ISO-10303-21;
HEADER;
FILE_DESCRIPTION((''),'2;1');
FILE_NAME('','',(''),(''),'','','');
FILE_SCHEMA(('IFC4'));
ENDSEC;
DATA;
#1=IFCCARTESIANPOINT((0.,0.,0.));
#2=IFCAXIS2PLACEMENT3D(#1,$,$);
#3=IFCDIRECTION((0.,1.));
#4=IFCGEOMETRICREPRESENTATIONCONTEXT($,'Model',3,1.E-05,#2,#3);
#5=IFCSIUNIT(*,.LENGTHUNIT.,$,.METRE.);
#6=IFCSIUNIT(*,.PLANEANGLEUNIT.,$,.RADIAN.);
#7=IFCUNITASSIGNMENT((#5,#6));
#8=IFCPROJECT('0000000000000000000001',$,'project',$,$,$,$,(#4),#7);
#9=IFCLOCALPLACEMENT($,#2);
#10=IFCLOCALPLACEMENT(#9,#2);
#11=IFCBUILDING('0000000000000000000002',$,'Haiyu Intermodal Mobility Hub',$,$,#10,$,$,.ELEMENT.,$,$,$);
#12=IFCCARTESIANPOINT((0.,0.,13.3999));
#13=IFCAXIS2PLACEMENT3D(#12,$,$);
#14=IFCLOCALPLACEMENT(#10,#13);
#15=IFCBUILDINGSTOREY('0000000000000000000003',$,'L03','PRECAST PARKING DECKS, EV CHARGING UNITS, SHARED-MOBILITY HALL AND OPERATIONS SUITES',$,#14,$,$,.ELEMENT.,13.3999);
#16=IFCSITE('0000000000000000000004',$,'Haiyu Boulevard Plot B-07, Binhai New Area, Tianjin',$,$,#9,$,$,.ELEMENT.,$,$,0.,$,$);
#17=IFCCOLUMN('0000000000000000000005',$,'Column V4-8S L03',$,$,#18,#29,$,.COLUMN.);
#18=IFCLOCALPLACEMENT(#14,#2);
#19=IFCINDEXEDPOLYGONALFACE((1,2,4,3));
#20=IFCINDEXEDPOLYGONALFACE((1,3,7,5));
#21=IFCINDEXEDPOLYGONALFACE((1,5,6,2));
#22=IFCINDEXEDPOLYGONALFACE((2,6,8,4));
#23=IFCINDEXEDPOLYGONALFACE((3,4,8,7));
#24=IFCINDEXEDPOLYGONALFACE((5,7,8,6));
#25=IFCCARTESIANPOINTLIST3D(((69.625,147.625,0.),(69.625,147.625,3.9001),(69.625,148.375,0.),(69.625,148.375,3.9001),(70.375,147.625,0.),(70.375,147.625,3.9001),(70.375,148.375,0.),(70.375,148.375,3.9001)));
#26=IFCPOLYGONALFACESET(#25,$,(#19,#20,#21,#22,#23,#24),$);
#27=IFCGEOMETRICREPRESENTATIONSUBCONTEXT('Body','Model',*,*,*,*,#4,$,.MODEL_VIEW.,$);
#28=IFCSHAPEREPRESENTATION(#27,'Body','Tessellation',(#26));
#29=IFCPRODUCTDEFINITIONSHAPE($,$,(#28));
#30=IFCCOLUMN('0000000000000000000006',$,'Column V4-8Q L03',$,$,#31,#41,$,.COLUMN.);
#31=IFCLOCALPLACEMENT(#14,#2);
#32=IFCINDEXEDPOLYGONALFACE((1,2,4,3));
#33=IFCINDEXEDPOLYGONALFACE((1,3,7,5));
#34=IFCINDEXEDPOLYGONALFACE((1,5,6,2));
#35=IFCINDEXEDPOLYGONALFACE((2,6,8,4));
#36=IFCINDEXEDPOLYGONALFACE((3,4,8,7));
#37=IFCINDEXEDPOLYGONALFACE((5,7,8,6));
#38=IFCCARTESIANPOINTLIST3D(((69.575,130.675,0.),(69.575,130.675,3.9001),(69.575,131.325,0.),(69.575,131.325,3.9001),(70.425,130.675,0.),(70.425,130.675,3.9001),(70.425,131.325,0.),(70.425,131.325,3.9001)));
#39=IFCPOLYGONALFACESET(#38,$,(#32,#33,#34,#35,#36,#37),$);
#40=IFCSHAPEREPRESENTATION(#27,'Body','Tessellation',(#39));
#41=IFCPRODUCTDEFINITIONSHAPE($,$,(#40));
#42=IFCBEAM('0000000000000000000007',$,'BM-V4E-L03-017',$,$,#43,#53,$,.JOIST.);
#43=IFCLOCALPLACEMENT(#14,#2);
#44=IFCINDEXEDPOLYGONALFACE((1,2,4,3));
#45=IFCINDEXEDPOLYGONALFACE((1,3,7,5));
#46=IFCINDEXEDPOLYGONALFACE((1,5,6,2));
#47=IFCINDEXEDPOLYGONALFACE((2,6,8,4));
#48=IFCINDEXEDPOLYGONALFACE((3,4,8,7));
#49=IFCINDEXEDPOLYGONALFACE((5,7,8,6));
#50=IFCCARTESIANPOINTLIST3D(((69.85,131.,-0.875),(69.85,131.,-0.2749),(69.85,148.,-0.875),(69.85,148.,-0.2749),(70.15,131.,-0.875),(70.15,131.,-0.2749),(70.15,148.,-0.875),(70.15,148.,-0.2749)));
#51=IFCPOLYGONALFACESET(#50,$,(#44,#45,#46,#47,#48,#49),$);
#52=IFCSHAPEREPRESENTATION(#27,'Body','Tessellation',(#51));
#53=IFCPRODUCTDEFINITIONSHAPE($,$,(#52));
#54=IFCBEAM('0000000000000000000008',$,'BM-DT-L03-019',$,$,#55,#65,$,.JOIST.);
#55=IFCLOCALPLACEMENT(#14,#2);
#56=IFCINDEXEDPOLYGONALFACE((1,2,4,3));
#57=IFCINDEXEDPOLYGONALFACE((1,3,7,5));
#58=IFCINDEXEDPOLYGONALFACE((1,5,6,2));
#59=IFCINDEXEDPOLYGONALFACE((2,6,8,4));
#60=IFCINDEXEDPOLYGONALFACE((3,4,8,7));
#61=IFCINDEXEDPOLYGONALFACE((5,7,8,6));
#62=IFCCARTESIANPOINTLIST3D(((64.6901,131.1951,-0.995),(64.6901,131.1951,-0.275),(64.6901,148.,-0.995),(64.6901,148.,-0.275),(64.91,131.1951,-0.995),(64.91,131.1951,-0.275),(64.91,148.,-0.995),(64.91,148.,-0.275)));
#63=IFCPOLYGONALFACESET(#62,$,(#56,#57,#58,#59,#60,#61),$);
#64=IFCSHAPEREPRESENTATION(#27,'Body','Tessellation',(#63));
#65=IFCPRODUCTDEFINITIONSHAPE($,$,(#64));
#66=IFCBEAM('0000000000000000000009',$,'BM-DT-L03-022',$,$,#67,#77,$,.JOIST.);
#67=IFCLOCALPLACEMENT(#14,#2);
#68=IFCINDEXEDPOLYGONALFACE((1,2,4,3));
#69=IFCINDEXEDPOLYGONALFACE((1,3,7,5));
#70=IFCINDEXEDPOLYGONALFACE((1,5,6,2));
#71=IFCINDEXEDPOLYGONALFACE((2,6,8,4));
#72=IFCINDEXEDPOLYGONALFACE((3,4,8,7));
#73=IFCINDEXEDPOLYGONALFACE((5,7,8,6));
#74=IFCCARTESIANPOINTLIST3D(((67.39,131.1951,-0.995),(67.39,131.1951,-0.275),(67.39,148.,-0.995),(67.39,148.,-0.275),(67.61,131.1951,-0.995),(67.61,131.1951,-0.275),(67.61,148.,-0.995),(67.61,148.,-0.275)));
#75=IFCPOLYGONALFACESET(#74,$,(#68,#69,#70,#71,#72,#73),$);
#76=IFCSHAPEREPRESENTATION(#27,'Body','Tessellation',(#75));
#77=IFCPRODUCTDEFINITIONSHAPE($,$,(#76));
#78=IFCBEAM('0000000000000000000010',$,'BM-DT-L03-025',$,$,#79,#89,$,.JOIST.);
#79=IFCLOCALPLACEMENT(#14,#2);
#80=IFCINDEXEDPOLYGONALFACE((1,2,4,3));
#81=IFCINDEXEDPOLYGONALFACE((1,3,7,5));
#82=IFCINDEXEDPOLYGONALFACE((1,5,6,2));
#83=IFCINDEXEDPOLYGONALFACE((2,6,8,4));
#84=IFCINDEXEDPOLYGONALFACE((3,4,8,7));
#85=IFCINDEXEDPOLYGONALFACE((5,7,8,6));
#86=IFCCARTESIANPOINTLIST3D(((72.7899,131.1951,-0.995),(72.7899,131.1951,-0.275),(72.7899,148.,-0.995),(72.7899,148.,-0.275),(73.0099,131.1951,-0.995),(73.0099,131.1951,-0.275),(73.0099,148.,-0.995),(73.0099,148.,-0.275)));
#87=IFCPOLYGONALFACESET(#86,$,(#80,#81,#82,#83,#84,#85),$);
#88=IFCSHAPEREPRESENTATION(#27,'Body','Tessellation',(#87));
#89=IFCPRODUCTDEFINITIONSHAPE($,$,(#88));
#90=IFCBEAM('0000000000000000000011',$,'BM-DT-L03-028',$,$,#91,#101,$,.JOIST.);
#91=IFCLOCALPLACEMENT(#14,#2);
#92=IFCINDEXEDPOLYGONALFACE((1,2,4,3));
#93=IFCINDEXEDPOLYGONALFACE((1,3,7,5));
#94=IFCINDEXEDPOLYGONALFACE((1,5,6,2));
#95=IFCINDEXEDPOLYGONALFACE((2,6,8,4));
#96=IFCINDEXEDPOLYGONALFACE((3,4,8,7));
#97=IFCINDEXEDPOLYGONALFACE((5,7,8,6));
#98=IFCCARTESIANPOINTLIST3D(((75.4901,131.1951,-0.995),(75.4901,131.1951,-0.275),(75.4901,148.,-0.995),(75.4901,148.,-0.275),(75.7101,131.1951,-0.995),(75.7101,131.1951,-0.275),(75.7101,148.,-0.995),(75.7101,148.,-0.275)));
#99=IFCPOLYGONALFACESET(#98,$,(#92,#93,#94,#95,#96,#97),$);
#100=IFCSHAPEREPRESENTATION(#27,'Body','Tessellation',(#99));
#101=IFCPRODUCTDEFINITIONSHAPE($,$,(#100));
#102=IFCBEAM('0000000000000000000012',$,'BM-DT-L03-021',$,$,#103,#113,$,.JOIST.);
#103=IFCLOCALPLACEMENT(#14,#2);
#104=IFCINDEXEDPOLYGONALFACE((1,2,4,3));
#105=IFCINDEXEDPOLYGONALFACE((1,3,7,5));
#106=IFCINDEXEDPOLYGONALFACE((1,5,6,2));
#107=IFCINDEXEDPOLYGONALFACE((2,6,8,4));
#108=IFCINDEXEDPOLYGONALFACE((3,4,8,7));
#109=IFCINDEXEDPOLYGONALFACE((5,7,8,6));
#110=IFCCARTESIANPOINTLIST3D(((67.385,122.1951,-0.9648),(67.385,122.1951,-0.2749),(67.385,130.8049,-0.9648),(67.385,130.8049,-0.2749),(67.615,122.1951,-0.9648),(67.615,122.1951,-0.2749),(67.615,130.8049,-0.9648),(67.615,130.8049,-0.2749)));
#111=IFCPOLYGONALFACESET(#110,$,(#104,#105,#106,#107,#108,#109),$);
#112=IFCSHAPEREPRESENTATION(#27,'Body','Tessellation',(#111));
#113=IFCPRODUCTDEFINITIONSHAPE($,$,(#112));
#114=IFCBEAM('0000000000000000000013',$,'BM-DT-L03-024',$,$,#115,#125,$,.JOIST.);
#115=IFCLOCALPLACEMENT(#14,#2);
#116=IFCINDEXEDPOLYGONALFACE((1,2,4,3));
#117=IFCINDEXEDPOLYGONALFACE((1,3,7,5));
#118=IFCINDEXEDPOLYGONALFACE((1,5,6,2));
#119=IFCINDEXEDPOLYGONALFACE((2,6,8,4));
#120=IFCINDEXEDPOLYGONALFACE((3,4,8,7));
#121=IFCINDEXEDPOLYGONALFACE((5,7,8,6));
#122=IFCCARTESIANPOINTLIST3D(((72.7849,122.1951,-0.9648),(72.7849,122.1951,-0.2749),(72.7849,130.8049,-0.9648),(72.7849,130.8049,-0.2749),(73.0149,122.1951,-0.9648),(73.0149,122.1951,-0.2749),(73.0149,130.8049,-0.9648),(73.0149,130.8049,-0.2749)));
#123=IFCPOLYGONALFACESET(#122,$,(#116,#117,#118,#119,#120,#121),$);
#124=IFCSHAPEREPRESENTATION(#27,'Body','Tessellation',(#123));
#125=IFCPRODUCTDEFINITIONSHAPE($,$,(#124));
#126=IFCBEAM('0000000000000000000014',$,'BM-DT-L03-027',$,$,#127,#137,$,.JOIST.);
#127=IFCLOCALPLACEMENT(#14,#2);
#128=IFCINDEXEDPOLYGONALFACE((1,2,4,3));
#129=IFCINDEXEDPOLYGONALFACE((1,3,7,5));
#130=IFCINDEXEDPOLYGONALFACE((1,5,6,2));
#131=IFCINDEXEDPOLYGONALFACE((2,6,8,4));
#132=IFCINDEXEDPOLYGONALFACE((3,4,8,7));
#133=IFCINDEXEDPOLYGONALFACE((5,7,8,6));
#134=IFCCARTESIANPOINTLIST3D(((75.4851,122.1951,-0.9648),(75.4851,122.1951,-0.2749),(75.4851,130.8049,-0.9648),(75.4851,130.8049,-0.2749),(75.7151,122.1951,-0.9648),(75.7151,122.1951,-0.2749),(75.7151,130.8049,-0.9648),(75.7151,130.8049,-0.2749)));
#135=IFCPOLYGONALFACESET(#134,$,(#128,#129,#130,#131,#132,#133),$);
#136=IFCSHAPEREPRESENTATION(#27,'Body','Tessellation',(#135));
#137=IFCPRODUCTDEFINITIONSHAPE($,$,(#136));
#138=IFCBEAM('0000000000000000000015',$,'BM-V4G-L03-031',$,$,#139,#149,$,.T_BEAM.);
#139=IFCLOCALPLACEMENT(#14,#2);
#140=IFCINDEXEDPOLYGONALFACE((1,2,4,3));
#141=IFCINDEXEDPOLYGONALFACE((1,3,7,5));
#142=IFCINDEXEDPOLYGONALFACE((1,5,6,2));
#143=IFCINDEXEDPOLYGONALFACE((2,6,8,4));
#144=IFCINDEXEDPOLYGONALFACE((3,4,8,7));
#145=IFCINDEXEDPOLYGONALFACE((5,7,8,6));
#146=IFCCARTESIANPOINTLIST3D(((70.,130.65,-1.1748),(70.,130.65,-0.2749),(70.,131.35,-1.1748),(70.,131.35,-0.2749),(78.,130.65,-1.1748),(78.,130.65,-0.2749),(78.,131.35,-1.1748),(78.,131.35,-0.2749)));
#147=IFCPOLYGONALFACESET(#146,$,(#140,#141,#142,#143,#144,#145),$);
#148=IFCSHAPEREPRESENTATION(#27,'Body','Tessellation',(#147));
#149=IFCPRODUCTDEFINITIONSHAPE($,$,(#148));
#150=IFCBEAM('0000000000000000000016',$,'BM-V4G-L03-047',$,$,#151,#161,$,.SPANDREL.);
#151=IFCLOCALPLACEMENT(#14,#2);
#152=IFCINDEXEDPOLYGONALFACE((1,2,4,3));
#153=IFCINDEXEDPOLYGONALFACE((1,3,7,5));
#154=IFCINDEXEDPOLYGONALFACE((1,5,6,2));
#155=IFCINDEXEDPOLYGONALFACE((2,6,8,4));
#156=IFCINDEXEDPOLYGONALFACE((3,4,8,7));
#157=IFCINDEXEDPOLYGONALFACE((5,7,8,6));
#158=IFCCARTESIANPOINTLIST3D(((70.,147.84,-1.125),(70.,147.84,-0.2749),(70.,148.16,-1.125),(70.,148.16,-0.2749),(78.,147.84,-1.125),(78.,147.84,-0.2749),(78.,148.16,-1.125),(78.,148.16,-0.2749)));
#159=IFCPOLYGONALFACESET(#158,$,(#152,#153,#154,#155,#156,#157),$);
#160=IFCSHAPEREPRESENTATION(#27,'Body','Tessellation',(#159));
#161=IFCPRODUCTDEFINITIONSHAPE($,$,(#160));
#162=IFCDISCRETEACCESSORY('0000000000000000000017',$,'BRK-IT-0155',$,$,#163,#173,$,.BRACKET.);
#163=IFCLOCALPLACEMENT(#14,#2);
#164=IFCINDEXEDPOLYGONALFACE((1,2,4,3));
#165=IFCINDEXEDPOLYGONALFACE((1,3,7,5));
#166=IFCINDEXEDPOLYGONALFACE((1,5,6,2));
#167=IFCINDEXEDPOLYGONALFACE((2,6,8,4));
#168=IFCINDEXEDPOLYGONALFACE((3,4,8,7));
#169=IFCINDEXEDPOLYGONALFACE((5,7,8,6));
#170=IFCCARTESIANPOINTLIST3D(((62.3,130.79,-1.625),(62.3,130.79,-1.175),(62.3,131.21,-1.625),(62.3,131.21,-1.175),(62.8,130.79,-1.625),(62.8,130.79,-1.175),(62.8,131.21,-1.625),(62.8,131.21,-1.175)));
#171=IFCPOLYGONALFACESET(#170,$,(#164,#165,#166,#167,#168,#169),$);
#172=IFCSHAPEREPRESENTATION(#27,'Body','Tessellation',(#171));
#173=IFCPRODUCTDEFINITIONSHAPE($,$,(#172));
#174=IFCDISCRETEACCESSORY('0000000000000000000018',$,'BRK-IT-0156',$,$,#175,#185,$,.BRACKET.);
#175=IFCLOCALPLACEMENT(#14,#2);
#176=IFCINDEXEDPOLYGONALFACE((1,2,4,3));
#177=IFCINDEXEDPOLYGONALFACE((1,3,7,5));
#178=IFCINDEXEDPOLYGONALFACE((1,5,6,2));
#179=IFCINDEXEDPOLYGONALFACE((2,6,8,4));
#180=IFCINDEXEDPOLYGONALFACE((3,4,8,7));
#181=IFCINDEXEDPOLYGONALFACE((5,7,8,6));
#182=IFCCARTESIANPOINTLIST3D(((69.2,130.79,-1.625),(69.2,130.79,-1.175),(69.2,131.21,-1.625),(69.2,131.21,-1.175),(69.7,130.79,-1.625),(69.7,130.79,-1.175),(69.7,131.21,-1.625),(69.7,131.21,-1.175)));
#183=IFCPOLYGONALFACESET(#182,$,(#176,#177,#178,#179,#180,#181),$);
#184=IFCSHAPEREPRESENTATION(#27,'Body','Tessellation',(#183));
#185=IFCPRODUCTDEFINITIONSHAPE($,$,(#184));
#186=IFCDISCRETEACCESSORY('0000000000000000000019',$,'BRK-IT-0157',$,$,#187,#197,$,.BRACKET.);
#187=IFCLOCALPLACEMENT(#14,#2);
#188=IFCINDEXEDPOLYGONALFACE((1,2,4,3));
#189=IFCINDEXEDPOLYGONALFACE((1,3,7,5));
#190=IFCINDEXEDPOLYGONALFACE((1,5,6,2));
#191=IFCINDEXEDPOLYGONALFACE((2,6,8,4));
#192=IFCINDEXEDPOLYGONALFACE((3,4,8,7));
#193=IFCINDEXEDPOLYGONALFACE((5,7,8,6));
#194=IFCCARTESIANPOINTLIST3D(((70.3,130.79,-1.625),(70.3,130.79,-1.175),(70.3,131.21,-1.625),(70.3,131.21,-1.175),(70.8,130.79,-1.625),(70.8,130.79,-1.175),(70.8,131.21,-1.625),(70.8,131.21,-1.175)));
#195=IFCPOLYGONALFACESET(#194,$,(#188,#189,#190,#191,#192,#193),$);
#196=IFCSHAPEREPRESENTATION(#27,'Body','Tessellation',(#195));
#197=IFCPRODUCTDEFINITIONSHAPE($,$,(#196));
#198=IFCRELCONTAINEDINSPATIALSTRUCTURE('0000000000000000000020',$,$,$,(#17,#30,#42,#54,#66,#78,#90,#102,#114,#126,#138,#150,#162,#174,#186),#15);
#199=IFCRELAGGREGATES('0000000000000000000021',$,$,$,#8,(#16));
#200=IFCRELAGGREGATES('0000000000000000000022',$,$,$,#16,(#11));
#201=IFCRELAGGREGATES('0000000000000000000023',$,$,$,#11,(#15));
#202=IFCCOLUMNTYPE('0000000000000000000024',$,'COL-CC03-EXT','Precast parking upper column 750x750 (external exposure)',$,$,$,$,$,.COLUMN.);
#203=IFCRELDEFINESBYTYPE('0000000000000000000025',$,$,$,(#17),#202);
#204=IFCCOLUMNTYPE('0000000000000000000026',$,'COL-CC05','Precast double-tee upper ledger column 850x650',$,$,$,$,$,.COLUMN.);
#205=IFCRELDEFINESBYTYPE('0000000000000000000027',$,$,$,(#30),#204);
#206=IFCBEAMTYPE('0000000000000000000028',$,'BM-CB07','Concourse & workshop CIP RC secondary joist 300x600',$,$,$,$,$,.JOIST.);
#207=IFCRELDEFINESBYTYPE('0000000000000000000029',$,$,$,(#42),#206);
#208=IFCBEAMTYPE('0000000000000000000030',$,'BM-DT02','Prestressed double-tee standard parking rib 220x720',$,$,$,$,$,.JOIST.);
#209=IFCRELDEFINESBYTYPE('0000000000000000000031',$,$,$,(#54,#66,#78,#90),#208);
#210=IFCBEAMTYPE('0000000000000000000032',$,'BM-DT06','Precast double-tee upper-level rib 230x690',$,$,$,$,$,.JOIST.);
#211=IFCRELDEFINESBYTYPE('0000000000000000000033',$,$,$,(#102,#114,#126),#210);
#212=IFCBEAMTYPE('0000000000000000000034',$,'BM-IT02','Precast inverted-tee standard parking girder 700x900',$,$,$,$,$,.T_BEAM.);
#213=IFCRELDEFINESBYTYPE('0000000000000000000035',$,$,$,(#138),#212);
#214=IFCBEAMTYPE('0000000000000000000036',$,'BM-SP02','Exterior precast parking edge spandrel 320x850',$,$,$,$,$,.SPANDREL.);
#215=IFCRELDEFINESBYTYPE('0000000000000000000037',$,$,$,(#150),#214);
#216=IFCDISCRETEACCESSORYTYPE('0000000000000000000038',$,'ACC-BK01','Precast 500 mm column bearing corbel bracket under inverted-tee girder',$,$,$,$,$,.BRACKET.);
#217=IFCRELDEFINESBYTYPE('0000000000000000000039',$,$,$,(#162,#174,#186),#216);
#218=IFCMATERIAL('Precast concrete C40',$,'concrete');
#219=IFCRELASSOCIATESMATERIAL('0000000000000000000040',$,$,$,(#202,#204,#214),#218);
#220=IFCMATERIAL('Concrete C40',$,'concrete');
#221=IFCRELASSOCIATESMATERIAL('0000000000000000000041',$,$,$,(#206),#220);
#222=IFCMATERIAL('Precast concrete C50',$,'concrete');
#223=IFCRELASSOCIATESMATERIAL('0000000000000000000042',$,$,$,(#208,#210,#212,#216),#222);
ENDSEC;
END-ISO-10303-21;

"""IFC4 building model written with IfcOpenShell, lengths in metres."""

from ifc_helpers import new_model, si_unit, direction, frame, origin, origin_2d, place, context, subcontext, project, spatial, rectangle, extrude, material, material_profile, profile_set, type_object, element, save


model = new_model("IFC4")

# Units and contexts
model_context = context("Model", 3, precision=1e-05, world=origin(), true_north=direction((0.0, 1.0)))
body_context = subcontext(model_context, "Body", "Model", "MODEL_VIEW")
ifc_project = project(units=[si_unit("LENGTHUNIT", "METRE"), si_unit("PLANEANGLEUNIT", "RADIAN")], contexts=[model_context])

# Site, building, storey
site_placement = place(None, origin())
site = spatial("IfcSite", under=ifc_project, at=site_placement, Name="Haiyu Boulevard Plot B-07, Binhai New Area, Tianjin", CompositionType="ELEMENT", RefElevation=0.0)
building_placement = place(site_placement, origin())
building = spatial("IfcBuilding", under=site, at=building_placement, Name="Haiyu Intermodal Mobility Hub", CompositionType="ELEMENT")
storey_placement = place(building_placement, frame((0.0, 0.0, 13.3999)))
storey = spatial("IfcBuildingStorey", under=building, at=storey_placement, Name="L03", Description="PRECAST PARKING DECKS, EV CHARGING UNITS, SHARED-MOBILITY HALL AND OPERATIONS SUITES", CompositionType="ELEMENT", Elevation=13.3999)

# Columns
ifc_material_1 = material(Name="Precast concrete C40", Category="concrete")
ifc_material_profile_1 = material_profile(ifc_material_1, rectangle(XDim=0.75, YDim=0.75, at=origin_2d()), Name="RC750x750")
ifc_profile_set_1 = profile_set([ifc_material_profile_1], Name="Precast concrete C40")
column_type_1 = type_object("IfcColumnType", Name="COL-CC03-EXT", Description="Precast parking upper column 750x750 (external exposure)", PredefinedType="COLUMN", material=ifc_profile_set_1)
column_1_placement = place(storey_placement, frame((70.0, 148.0, 0.0), z_axis=(0.0, 0.0, 1.0), x_axis=(1.0, 0.0, 0.0)))
element("IfcColumn", 1, at=column_1_placement, inside=storey, type_object=column_type_1, Name="Column V4-8S L03", PredefinedType="COLUMN", context=body_context, shape_type="SweptSolid", body=[
    extrude(rectangle(XDim=0.75, YDim=0.75, at=origin_2d()), origin(), (0.0, 0.0, 1.0), 3.9001),
])
ifc_material_profile_2 = material_profile(ifc_material_1, rectangle(XDim=0.8501, YDim=0.6499, at=origin_2d()), Name="RC850x650")
ifc_profile_set_2 = profile_set([ifc_material_profile_2], Name="Precast concrete C40")
column_type_2 = type_object("IfcColumnType", Name="COL-CC05", Description="Precast double-tee upper ledger column 850x650", PredefinedType="COLUMN", material=ifc_profile_set_2)
column_2_placement = place(storey_placement, frame((70.0, 131.0, 0.0), z_axis=(0.0, 0.0, 1.0), x_axis=(1.0, 0.0, 0.0)))
element("IfcColumn", 2, at=column_2_placement, inside=storey, type_object=column_type_2, Name="Column V4-8Q L03", PredefinedType="COLUMN", context=body_context, shape_type="SweptSolid", body=[
    extrude(rectangle(XDim=0.8501, YDim=0.6499, at=origin_2d()), origin(), (0.0, 0.0, 1.0), 3.9001),
])

# Beams
ifc_material_2 = material(Name="Concrete C40", Category="concrete")
ifc_material_profile_3 = material_profile(ifc_material_2, rectangle(XDim=0.3, YDim=0.6001, at=origin_2d()), Name="RCB300x600")
ifc_profile_set_3 = profile_set([ifc_material_profile_3], Name="Concrete C40")
beam_type_1 = type_object("IfcBeamType", Name="BM-CB07", Description="Concourse & workshop CIP RC secondary joist 300x600", PredefinedType="JOIST", material=ifc_profile_set_3)
beam_1_placement = place(storey_placement, frame((70.0, 131.0, -0.575), z_axis=(0.0, 1.0, 0.0), x_axis=(-1.0, 0.0, 0.0)))
element("IfcBeam", 3, at=beam_1_placement, inside=storey, type_object=beam_type_1, Name="BM-V4E-L03-017", PredefinedType="JOIST", context=body_context, shape_type="SweptSolid", body=[
    extrude(rectangle(XDim=0.3, YDim=0.6001, at=origin_2d()), origin(), (0.0, 0.0, 1.0), 17.0),
])
ifc_material_3 = material(Name="Precast concrete C50", Category="concrete")
ifc_material_profile_4 = material_profile(ifc_material_3, rectangle(XDim=0.22, YDim=0.72, at=origin_2d()), Name="PC220x720")
ifc_profile_set_4 = profile_set([ifc_material_profile_4], Name="Precast concrete C50")
beam_type_2 = type_object("IfcBeamType", Name="BM-DT02", Description="Prestressed double-tee standard parking rib 220x720", PredefinedType="JOIST", material=ifc_profile_set_4)
for number, where, z_axis, x_axis, name in (
    (4, (64.8, 131.1951, -0.635), (0.0, 1.0, 0.0), (-1.0, 0.0, 0.0), "BM-DT-L03-019"),
    (5, (67.5, 131.1951, -0.635), (0.0, 1.0, 0.0), (-1.0, 0.0, 0.0), "BM-DT-L03-022"),
    (6, (72.8999, 131.1951, -0.635), (0.0, 1.0, 0.0), (-1.0, 0.0, 0.0), "BM-DT-L03-025"),
    (7, (75.6001, 131.1951, -0.635), (0.0, 1.0, 0.0), (-1.0, 0.0, 0.0), "BM-DT-L03-028"),
):
    element("IfcBeam", number, at=place(storey_placement, frame(where, z_axis=z_axis, x_axis=x_axis)), inside=storey, type_object=beam_type_2, Name=name, PredefinedType="JOIST", context=body_context, shape_type="SweptSolid", body=[
        extrude(rectangle(XDim=0.22, YDim=0.72, at=origin_2d()), origin(), (0.0, 0.0, 1.0), 16.8049),
    ])
ifc_material_profile_5 = material_profile(ifc_material_3, rectangle(XDim=0.23, YDim=0.6899, at=origin_2d()), Name="B230x690")
ifc_profile_set_5 = profile_set([ifc_material_profile_5], Name="Precast concrete C50")
beam_type_3 = type_object("IfcBeamType", Name="BM-DT06", Description="Precast double-tee upper-level rib 230x690", PredefinedType="JOIST", material=ifc_profile_set_5)
for number, where, z_axis, x_axis, name in (
    (8, (67.5, 122.1951, -0.6199), (0.0, 1.0, 0.0), (-1.0, 0.0, 0.0), "BM-DT-L03-021"),
    (9, (72.8999, 122.1951, -0.6199), (0.0, 1.0, 0.0), (-1.0, 0.0, 0.0), "BM-DT-L03-024"),
    (10, (75.6001, 122.1951, -0.6199), (0.0, 1.0, 0.0), (-1.0, 0.0, 0.0), "BM-DT-L03-027"),
):
    element("IfcBeam", number, at=place(storey_placement, frame(where, z_axis=z_axis, x_axis=x_axis)), inside=storey, type_object=beam_type_3, Name=name, PredefinedType="JOIST", context=body_context, shape_type="SweptSolid", body=[
        extrude(rectangle(XDim=0.23, YDim=0.6899, at=origin_2d()), origin(), (0.0, 0.0, 1.0), 8.6099),
    ])
ifc_material_profile_6 = material_profile(ifc_material_3, rectangle(XDim=0.7, YDim=0.8999, at=origin_2d()), Name="PC700x900")
ifc_profile_set_6 = profile_set([ifc_material_profile_6], Name="Precast concrete C50")
beam_type_4 = type_object("IfcBeamType", Name="BM-IT02", Description="Precast inverted-tee standard parking girder 700x900", PredefinedType="T_BEAM", material=ifc_profile_set_6)
beam_2_placement = place(storey_placement, frame((70.0, 131.0, -0.7249), z_axis=(1.0, 0.0, 0.0), x_axis=(0.0, 1.0, 0.0)))
element("IfcBeam", 11, at=beam_2_placement, inside=storey, type_object=beam_type_4, Name="BM-V4G-L03-031", PredefinedType="T_BEAM", context=body_context, shape_type="SweptSolid", body=[
    extrude(rectangle(XDim=0.7, YDim=0.8999, at=origin_2d()), origin(), (0.0, 0.0, 1.0), 8.0),
])
ifc_material_profile_7 = material_profile(ifc_material_1, rectangle(XDim=0.3201, YDim=0.8501, at=origin_2d()), Name="PC320x850")
ifc_profile_set_7 = profile_set([ifc_material_profile_7], Name="Precast concrete C40")
beam_type_5 = type_object("IfcBeamType", Name="BM-SP02", Description="Exterior precast parking edge spandrel 320x850", PredefinedType="SPANDREL", material=ifc_profile_set_7)
beam_3_placement = place(storey_placement, frame((70.0, 148.0, -0.7), z_axis=(1.0, 0.0, 0.0), x_axis=(0.0, 1.0, 0.0)))
element("IfcBeam", 12, at=beam_3_placement, inside=storey, type_object=beam_type_5, Name="BM-V4G-L03-047", PredefinedType="SPANDREL", context=body_context, shape_type="SweptSolid", body=[
    extrude(rectangle(XDim=0.3201, YDim=0.8501, at=origin_2d()), origin(), (0.0, 0.0, 1.0), 8.0),
])

# Discrete accessories
discrete_accessory_type_1 = type_object("IfcDiscreteAccessoryType", Name="ACC-BK01", Description="Precast 500 mm column bearing corbel bracket under inverted-tee girder", PredefinedType="BRACKET", material=ifc_material_3)
for number, where, z_axis, x_axis, name in (
    (13, (62.55, 131.0, -1.625), (0.0, 0.0, 1.0), (1.0, 0.0, 0.0), "BRK-IT-0155"),
    (14, (69.45, 131.0, -1.625), (0.0, 0.0, 1.0), (1.0, 0.0, 0.0), "BRK-IT-0156"),
    (15, (70.55, 131.0, -1.625), (0.0, 0.0, 1.0), (1.0, 0.0, 0.0), "BRK-IT-0157"),
):
    element("IfcDiscreteAccessory", number, at=place(storey_placement, frame(where, z_axis=z_axis, x_axis=x_axis)), inside=storey, type_object=discrete_accessory_type_1, Name=name, PredefinedType="BRACKET", context=body_context, shape_type="SweptSolid", body=[
        extrude(rectangle(XDim=0.5, YDim=0.4199, at=origin_2d()), origin(), (0.0, 0.0, 1.0), 0.45),
    ])

save(model, "model.ifc")
